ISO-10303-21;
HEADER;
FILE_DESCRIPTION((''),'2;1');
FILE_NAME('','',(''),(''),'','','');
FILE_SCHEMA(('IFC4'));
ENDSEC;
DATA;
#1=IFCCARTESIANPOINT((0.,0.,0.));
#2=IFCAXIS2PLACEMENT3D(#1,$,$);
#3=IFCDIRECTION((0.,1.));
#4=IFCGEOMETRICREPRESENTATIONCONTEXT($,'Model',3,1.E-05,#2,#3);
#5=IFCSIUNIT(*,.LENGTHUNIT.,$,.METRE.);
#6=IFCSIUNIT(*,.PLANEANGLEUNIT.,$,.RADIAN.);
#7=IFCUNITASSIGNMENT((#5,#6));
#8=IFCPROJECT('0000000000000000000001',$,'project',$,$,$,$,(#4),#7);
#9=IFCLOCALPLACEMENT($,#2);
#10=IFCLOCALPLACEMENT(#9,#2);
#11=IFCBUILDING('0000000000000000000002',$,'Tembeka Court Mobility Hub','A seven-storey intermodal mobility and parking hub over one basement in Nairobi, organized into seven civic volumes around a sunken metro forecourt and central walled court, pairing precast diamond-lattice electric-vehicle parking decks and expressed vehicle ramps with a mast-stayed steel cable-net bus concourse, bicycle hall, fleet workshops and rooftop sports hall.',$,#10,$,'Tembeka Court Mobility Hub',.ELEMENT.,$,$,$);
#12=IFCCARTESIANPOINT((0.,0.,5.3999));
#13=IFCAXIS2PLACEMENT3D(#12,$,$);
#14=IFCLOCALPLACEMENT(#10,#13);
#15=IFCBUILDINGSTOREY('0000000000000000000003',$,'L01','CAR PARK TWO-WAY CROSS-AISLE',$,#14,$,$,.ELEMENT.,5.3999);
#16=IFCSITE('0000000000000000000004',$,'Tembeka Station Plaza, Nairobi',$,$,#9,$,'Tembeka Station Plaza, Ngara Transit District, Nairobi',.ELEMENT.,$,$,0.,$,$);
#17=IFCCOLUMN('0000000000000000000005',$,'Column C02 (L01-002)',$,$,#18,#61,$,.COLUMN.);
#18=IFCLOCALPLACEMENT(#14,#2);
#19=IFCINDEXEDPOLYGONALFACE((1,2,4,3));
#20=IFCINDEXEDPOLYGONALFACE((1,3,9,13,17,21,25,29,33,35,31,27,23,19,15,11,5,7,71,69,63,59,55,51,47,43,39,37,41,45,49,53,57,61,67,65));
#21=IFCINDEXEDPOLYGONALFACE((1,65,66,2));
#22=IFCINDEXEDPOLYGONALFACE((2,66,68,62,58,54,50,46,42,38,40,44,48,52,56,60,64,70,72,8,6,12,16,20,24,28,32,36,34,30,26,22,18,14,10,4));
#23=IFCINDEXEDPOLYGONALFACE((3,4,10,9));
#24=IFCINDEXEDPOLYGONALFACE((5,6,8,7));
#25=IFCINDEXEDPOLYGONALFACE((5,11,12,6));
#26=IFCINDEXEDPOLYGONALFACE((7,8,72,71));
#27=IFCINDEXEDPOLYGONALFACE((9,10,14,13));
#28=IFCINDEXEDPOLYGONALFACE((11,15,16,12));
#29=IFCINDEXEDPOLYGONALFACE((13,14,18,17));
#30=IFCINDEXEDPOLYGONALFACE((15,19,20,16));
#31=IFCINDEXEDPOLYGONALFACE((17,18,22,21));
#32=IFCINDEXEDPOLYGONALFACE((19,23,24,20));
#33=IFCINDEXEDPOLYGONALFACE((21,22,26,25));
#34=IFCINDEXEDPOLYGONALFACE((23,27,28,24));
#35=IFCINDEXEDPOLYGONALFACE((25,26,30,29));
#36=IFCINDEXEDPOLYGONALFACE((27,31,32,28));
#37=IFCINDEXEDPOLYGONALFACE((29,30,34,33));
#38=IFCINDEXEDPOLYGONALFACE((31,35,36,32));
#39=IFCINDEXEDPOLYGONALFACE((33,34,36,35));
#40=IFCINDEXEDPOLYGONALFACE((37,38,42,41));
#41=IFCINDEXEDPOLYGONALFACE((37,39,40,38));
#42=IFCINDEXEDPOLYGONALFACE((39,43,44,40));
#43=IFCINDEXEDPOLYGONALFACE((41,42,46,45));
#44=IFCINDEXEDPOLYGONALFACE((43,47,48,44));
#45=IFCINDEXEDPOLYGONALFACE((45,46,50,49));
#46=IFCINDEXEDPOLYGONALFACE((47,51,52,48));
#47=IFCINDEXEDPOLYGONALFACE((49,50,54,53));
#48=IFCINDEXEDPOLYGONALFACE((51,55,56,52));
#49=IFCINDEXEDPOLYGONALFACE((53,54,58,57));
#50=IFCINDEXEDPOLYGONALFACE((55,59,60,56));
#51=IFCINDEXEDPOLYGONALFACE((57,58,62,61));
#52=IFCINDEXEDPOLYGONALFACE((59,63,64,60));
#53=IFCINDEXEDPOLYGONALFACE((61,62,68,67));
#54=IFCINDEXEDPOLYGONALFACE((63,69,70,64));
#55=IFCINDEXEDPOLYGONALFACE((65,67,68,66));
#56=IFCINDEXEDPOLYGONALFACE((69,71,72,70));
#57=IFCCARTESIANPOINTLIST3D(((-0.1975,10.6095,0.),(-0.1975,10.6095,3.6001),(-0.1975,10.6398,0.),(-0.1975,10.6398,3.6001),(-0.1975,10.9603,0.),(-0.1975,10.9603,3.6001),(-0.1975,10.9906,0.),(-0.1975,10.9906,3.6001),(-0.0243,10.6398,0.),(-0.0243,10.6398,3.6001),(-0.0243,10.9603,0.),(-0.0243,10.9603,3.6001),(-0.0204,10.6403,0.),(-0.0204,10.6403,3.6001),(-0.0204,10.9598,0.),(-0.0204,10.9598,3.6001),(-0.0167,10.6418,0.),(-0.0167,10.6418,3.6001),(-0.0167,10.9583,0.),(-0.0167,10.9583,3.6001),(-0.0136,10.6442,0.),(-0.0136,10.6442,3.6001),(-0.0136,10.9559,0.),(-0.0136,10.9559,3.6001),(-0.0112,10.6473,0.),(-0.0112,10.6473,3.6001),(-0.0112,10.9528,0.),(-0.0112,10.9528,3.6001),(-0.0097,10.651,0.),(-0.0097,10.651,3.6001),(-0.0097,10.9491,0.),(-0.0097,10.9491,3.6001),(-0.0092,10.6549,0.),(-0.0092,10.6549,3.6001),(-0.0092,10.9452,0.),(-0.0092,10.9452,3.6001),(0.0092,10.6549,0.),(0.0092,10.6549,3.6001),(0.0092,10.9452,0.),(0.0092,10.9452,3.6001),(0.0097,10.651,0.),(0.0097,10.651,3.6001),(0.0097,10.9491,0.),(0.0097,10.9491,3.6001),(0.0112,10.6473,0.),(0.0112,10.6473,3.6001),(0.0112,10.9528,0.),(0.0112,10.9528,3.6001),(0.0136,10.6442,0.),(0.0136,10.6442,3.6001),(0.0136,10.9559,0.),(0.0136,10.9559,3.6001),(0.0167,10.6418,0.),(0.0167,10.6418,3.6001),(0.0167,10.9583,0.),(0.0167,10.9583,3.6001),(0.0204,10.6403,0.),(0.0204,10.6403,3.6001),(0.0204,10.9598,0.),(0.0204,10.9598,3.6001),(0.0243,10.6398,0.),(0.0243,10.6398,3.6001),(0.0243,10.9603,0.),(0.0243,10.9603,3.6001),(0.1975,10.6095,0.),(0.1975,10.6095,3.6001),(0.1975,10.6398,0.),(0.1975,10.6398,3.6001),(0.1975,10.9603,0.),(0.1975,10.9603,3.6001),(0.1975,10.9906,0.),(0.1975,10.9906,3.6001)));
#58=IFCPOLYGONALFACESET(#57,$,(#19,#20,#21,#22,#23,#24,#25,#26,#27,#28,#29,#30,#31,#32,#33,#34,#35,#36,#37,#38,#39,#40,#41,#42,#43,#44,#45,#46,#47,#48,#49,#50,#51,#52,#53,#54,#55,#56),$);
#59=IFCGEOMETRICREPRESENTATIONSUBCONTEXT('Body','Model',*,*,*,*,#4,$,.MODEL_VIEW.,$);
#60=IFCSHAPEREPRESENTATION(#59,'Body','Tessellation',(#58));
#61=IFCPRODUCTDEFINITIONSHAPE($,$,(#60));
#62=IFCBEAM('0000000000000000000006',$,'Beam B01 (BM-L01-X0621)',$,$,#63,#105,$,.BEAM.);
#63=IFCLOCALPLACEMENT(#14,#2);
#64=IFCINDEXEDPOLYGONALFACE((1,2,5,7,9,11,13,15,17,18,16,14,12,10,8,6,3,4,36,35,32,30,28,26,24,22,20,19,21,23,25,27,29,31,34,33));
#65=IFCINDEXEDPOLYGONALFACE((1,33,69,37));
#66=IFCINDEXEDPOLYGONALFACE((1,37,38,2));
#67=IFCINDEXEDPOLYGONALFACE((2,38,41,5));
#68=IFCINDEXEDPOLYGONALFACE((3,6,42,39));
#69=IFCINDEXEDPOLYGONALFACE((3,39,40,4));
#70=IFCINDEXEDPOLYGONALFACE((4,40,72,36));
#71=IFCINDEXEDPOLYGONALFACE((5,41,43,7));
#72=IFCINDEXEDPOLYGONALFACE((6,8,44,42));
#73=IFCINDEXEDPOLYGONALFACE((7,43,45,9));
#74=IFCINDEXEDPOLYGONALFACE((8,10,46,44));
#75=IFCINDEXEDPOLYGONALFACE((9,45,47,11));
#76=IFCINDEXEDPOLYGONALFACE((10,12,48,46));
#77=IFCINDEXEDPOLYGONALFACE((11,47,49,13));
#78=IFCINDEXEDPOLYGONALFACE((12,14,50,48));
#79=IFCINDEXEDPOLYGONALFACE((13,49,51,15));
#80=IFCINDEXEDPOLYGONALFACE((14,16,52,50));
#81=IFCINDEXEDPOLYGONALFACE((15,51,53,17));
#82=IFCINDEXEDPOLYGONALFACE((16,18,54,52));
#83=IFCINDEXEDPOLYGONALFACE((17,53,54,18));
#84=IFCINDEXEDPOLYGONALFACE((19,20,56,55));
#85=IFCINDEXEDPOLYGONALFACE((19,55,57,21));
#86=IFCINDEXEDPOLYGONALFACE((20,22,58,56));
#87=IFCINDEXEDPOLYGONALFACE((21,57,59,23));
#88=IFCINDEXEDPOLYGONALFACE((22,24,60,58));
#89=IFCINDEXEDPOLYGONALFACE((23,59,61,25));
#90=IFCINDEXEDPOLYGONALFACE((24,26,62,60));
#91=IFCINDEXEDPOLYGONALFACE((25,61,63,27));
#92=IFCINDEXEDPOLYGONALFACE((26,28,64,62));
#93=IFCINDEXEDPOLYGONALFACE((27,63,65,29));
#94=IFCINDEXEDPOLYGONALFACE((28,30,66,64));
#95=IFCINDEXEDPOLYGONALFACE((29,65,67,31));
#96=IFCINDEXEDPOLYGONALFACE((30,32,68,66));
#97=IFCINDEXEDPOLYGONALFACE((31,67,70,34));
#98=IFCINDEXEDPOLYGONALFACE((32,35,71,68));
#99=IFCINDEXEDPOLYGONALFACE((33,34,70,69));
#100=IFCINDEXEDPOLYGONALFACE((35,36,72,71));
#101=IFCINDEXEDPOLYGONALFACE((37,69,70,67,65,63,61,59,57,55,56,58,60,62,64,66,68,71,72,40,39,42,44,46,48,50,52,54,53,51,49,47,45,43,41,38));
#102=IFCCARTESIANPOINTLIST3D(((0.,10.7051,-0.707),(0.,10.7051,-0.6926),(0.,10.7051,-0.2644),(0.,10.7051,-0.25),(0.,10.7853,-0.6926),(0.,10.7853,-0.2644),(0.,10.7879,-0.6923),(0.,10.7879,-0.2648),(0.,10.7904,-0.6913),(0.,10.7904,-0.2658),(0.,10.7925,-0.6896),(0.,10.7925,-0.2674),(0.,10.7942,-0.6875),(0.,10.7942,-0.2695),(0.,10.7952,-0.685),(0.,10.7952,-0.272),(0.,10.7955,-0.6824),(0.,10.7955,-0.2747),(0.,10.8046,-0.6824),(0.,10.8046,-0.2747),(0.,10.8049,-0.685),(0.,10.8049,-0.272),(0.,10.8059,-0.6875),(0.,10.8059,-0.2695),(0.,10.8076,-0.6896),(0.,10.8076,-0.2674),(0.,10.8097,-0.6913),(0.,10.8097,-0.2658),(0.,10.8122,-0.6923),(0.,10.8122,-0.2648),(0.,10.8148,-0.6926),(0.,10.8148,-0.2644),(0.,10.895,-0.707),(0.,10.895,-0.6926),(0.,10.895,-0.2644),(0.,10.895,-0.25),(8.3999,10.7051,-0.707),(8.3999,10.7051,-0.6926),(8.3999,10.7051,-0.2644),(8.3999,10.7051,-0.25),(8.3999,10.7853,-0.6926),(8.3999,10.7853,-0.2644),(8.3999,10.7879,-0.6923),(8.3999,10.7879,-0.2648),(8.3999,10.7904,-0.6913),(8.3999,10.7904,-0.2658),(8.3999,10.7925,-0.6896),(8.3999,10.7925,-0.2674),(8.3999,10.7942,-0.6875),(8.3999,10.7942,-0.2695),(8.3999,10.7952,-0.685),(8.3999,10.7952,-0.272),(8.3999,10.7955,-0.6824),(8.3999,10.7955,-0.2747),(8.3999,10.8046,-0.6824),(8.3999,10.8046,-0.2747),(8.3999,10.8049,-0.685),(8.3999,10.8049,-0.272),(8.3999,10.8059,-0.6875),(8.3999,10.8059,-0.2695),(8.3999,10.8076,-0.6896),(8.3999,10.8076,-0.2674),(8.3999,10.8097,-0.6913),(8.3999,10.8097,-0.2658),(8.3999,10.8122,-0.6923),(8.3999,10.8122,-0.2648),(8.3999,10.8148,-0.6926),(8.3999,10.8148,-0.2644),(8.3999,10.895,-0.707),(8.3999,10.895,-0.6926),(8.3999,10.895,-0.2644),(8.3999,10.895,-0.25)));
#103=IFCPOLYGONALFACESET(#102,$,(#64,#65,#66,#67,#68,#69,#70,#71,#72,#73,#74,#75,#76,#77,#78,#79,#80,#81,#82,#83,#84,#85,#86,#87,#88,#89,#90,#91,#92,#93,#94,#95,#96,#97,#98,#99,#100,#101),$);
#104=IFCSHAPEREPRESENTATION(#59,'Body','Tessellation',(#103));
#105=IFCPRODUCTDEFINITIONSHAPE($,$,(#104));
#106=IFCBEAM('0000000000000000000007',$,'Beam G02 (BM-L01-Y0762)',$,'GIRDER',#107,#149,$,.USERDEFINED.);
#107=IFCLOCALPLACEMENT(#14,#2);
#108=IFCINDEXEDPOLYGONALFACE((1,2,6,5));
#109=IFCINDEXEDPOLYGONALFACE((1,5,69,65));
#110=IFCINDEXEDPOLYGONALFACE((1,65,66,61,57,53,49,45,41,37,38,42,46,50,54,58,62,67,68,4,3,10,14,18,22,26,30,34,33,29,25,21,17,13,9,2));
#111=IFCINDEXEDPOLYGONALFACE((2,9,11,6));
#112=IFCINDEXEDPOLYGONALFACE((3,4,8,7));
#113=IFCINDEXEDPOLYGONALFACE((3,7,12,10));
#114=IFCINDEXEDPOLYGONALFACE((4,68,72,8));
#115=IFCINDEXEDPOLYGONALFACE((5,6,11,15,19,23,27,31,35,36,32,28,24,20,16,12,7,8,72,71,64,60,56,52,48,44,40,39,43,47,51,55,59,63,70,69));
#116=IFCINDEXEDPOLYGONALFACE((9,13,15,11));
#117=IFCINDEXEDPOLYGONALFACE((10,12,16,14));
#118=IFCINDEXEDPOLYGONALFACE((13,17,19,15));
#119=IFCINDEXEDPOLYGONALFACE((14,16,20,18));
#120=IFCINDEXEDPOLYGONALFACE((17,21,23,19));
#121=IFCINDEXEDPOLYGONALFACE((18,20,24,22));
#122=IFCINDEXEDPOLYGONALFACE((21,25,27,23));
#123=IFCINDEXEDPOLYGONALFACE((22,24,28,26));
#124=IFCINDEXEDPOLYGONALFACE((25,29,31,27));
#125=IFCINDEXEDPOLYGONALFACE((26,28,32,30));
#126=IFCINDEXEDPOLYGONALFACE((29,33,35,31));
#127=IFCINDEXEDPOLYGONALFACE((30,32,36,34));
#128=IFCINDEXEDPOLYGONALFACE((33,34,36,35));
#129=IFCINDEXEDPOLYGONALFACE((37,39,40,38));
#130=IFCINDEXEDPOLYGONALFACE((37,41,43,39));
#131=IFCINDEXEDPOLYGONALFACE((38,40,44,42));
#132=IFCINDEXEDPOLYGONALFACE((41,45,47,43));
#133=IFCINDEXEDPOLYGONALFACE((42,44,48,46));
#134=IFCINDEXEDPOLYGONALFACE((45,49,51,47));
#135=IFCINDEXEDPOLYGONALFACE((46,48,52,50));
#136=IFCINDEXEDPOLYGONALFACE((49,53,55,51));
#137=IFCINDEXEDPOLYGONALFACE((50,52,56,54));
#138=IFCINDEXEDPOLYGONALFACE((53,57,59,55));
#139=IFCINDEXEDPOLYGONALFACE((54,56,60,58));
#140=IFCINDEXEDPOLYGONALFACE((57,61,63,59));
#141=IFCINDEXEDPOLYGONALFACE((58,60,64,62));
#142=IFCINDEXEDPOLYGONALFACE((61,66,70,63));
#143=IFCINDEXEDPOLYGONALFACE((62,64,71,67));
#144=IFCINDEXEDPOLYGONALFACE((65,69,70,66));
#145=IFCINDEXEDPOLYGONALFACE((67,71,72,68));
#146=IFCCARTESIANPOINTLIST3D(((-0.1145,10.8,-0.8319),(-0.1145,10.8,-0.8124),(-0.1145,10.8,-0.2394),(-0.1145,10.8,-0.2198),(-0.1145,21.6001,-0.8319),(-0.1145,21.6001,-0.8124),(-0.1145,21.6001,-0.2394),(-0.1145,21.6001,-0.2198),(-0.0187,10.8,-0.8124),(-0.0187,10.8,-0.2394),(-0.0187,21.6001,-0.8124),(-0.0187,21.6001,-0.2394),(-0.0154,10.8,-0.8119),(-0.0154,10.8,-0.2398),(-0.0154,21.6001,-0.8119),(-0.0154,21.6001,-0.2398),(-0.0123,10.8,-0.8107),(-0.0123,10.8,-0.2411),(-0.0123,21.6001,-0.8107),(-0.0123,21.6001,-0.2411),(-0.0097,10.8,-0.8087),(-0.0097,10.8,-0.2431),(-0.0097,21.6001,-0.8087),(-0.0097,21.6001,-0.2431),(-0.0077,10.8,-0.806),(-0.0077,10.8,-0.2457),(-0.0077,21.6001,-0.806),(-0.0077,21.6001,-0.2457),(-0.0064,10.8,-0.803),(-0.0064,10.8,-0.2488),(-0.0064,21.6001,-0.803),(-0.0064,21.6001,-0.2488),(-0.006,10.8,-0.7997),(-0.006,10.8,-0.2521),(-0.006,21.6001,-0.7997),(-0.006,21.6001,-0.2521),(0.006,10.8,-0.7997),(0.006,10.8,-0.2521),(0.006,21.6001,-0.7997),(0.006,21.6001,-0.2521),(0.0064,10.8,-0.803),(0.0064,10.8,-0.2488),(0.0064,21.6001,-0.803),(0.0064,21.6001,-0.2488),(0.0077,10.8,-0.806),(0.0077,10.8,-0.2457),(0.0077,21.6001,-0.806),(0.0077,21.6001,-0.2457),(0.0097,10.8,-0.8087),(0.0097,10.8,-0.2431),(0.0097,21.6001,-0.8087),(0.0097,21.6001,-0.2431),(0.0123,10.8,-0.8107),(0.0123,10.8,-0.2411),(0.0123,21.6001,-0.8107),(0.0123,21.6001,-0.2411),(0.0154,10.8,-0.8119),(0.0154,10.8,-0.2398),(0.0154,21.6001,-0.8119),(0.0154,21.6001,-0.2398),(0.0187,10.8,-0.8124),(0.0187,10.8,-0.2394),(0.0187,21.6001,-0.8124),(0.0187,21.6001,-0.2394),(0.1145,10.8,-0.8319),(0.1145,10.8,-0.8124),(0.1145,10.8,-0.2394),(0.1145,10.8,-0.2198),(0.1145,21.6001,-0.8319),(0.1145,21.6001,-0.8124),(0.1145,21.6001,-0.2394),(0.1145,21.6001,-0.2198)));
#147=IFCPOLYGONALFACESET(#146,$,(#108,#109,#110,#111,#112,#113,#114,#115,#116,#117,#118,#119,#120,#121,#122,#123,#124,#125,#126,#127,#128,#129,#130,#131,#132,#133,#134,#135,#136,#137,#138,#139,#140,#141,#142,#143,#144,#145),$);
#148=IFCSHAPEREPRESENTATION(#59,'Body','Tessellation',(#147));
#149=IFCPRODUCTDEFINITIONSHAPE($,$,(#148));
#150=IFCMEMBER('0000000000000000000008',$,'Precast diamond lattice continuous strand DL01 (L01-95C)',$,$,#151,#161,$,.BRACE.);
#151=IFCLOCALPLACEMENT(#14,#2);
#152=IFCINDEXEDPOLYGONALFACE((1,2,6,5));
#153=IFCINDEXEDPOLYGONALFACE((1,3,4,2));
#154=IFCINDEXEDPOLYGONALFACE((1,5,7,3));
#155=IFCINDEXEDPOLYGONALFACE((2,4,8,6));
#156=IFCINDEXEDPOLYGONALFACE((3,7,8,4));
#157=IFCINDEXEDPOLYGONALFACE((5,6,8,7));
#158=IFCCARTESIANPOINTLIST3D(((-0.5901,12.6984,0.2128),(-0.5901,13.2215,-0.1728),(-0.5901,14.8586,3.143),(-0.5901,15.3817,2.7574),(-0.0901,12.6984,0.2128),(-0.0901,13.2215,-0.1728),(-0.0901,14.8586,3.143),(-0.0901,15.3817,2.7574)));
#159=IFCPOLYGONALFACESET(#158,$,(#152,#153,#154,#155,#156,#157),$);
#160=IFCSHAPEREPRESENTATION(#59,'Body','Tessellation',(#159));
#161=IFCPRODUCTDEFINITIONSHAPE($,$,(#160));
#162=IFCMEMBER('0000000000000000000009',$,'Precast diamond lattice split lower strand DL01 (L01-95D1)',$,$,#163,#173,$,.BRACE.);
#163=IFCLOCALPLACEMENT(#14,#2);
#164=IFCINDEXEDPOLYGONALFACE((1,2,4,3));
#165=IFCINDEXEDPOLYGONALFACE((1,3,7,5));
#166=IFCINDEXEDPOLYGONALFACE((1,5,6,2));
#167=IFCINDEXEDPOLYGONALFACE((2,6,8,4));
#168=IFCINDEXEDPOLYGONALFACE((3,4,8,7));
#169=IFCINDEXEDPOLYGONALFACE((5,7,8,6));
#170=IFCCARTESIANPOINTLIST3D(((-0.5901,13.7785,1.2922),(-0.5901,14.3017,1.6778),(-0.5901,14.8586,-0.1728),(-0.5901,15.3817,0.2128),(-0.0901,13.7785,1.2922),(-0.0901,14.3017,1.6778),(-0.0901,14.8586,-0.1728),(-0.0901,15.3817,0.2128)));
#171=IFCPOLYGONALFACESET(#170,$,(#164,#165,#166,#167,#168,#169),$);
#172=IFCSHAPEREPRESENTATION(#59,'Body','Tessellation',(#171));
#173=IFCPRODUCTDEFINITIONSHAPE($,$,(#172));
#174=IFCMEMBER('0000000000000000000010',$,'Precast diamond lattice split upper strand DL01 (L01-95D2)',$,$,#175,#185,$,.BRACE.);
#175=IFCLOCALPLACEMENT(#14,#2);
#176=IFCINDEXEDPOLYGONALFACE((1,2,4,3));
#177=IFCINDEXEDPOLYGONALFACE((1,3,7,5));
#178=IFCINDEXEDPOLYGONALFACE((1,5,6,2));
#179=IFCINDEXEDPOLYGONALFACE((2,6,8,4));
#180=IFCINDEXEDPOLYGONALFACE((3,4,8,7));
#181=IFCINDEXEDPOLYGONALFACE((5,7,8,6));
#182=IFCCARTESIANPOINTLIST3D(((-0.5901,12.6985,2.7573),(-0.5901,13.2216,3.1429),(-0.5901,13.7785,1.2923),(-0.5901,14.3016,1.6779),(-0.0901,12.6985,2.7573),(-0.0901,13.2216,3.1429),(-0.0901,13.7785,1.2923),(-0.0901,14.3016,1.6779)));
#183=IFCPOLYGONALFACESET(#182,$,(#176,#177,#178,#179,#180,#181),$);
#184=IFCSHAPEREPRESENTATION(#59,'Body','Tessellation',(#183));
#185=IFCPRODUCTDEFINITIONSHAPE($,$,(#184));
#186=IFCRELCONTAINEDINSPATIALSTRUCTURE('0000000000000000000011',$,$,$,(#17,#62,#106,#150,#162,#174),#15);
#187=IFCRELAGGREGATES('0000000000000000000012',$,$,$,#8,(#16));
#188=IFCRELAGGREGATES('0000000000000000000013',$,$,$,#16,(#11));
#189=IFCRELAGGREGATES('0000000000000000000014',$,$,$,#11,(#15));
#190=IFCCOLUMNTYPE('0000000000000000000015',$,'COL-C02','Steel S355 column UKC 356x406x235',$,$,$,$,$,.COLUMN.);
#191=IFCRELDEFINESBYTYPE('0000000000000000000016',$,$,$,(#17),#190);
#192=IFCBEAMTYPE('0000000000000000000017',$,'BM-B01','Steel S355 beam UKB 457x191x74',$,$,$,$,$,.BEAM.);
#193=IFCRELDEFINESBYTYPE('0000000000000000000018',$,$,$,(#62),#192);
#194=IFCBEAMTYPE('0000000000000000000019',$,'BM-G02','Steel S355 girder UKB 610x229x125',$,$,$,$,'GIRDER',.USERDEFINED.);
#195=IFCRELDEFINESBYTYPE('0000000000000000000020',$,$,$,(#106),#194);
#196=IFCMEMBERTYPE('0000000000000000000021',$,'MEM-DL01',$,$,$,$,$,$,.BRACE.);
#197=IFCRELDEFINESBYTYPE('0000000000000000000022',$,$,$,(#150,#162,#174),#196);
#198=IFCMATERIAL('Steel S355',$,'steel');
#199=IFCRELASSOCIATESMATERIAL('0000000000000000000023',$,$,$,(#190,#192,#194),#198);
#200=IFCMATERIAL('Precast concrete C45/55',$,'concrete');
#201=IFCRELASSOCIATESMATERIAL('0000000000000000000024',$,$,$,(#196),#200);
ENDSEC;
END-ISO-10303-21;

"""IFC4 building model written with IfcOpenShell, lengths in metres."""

from ifc_helpers import new_model, si_unit, direction, frame, origin, origin_2d, place, context, subcontext, project, spatial, rectangle, i_section, extrude, material, material_profile, profile_set, type_object, element, save


model = new_model("IFC4")

# Units and contexts
model_context = context("Model", 3, precision=1e-05, world=origin(), true_north=direction((0.0, 1.0)))
body_context = subcontext(model_context, "Body", "Model", "MODEL_VIEW")
ifc_project = project(units=[si_unit("LENGTHUNIT", "METRE"), si_unit("PLANEANGLEUNIT", "RADIAN")], contexts=[model_context])

# Site, building, storey
site_placement = place(None, origin())
site = spatial("IfcSite", under=ifc_project, at=site_placement, Name="Tembeka Station Plaza, Nairobi", LongName="Tembeka Station Plaza, Ngara Transit District, Nairobi", CompositionType="ELEMENT", RefElevation=0.0)
building_placement = place(site_placement, origin())
building = spatial("IfcBuilding", under=site, at=building_placement, Name="Tembeka Court Mobility Hub", Description="A seven-storey intermodal mobility and parking hub over one basement in Nairobi, organized into seven civic volumes around a sunken metro forecourt and central walled court, pairing precast diamond-lattice electric-vehicle parking decks and expressed vehicle ramps with a mast-stayed steel cable-net bus concourse, bicycle hall, fleet workshops and rooftop sports hall.", LongName="Tembeka Court Mobility Hub", CompositionType="ELEMENT")
storey_placement = place(building_placement, frame((0.0, 0.0, 5.3999)))
storey = spatial("IfcBuildingStorey", under=building, at=storey_placement, Name="L01", Description="CAR PARK TWO-WAY CROSS-AISLE", CompositionType="ELEMENT", Elevation=5.3999)

# Column
ifc_material_1 = material(Name="Steel S355", Category="steel")
ifc_material_profile_1 = material_profile(ifc_material_1, i_section(OverallWidth=0.395, OverallDepth=0.3811, WebThickness=0.0183, FlangeThickness=0.0303, FilletRadius=0.0151, at=origin_2d()), Name="UKC 356x406x235")
ifc_profile_set_1 = profile_set([ifc_material_profile_1], Name="Steel S355")
column_type = type_object("IfcColumnType", Name="COL-C02", Description="Steel S355 column UKC 356x406x235", PredefinedType="COLUMN", material=ifc_profile_set_1)
column_placement = place(storey_placement, frame((0.0, 10.8, 0.0), z_axis=(0.0, 0.0, 1.0), x_axis=(1.0, 0.0, 0.0)))
element("IfcColumn", 1, at=column_placement, inside=storey, type_object=column_type, Name="Column C02 (L01-002)", PredefinedType="COLUMN", context=body_context, shape_type="SweptSolid", body=[
    extrude(i_section(OverallWidth=0.395, OverallDepth=0.3811, WebThickness=0.0183, FlangeThickness=0.0303, FilletRadius=0.0151, at=origin_2d()), origin(), (0.0, 0.0, 1.0), 3.6001),
])

# Beams
ifc_material_profile_2 = material_profile(ifc_material_1, i_section(OverallWidth=0.1899, OverallDepth=0.457, WebThickness=0.009, FlangeThickness=0.0144, FilletRadius=0.0103, at=origin_2d()), Name="UKB 457x191x74")
ifc_profile_set_2 = profile_set([ifc_material_profile_2], Name="Steel S355")
beam_type_1 = type_object("IfcBeamType", Name="BM-B01", Description="Steel S355 beam UKB 457x191x74", PredefinedType="BEAM", material=ifc_profile_set_2)
beam_1_placement = place(storey_placement, frame((0.0, 10.8, -0.4785), z_axis=(1.0, 0.0, 0.0), x_axis=(0.0, 1.0, 0.0)))
element("IfcBeam", 2, at=beam_1_placement, inside=storey, type_object=beam_type_1, Name="Beam B01 (BM-L01-X0621)", PredefinedType="BEAM", context=body_context, shape_type="SweptSolid", body=[
    extrude(i_section(OverallWidth=0.1899, OverallDepth=0.457, WebThickness=0.009, FlangeThickness=0.0144, FilletRadius=0.0103, at=origin_2d()), origin(), (0.0, 0.0, 1.0), 8.3999),
])
ifc_material_profile_3 = material_profile(ifc_material_1, i_section(OverallWidth=0.229, OverallDepth=0.6121, WebThickness=0.012, FlangeThickness=0.0195, FilletRadius=0.0127, at=origin_2d()), Name="UKB 610x229x125")
ifc_profile_set_3 = profile_set([ifc_material_profile_3], Name="Steel S355")
beam_type_2 = type_object("IfcBeamType", Name="BM-G02", Description="Steel S355 girder UKB 610x229x125", ElementType="GIRDER", PredefinedType="USERDEFINED", material=ifc_profile_set_3)
beam_2_placement = place(storey_placement, frame((0.0, 10.8, -0.5259), z_axis=(0.0, 1.0, 0.0), x_axis=(-1.0, 0.0, 0.0)))
element("IfcBeam", 3, at=beam_2_placement, inside=storey, type_object=beam_type_2, Name="Beam G02 (BM-L01-Y0762)", ObjectType="GIRDER", PredefinedType="USERDEFINED", context=body_context, shape_type="SweptSolid", body=[
    extrude(i_section(OverallWidth=0.229, OverallDepth=0.6121, WebThickness=0.012, FlangeThickness=0.0195, FilletRadius=0.0127, at=origin_2d()), origin(), (0.0, 0.0, 1.0), 10.8),
])

# Members
ifc_material_2 = material(Name="Precast concrete C45/55", Category="concrete")
ifc_material_profile_4 = material_profile(ifc_material_2, rectangle(XDim=0.5, YDim=0.6499, at=origin_2d()), Name="PC-DIAG 500x650")
ifc_profile_set_4 = profile_set([ifc_material_profile_4], Name="Precast concrete C45/55")
member_type_1 = type_object("IfcMemberType", Name="MEM-DL01", PredefinedType="BRACE", material=ifc_profile_set_4)
member_1_placement = place(storey_placement, frame((-0.3401, 12.96, 0.02), z_axis=(0.0, 0.593391, 0.804914), x_axis=(-1.0, 0.0, 0.0)))
element("IfcMember", 4, at=member_1_placement, inside=storey, type_object=member_type_1, Name="Precast diamond lattice continuous strand DL01 (L01-95C)", PredefinedType="BRACE", context=body_context, shape_type="SweptSolid", body=[
    extrude(rectangle(XDim=0.5, YDim=0.6499, at=origin_2d()), origin(), (0.0, 0.0, 1.0), 3.6404),
])
for number, where, z_axis, x_axis, name in (
    (5, (-0.3401, 15.1201, 0.02), (0.0, -0.593391, 0.804914), (1.0, 0.0, 0.0), "Precast diamond lattice split lower strand DL01 (L01-95D1)"),
    (6, (-0.3401, 14.04, 1.4851), (0.0, -0.593391, 0.804914), (1.0, 0.0, 0.0), "Precast diamond lattice split upper strand DL01 (L01-95D2)"),
):
    element("IfcMember", number, at=place(storey_placement, frame(where, z_axis=z_axis, x_axis=x_axis)), inside=storey, type_object=member_type_1, Name=name, PredefinedType="BRACE", context=body_context, shape_type="SweptSolid", body=[
        extrude(rectangle(XDim=0.5, YDim=0.6499, at=origin_2d()), origin(), (0.0, 0.0, 1.0), 1.8201),
    ])

save(model, "model.ifc")
